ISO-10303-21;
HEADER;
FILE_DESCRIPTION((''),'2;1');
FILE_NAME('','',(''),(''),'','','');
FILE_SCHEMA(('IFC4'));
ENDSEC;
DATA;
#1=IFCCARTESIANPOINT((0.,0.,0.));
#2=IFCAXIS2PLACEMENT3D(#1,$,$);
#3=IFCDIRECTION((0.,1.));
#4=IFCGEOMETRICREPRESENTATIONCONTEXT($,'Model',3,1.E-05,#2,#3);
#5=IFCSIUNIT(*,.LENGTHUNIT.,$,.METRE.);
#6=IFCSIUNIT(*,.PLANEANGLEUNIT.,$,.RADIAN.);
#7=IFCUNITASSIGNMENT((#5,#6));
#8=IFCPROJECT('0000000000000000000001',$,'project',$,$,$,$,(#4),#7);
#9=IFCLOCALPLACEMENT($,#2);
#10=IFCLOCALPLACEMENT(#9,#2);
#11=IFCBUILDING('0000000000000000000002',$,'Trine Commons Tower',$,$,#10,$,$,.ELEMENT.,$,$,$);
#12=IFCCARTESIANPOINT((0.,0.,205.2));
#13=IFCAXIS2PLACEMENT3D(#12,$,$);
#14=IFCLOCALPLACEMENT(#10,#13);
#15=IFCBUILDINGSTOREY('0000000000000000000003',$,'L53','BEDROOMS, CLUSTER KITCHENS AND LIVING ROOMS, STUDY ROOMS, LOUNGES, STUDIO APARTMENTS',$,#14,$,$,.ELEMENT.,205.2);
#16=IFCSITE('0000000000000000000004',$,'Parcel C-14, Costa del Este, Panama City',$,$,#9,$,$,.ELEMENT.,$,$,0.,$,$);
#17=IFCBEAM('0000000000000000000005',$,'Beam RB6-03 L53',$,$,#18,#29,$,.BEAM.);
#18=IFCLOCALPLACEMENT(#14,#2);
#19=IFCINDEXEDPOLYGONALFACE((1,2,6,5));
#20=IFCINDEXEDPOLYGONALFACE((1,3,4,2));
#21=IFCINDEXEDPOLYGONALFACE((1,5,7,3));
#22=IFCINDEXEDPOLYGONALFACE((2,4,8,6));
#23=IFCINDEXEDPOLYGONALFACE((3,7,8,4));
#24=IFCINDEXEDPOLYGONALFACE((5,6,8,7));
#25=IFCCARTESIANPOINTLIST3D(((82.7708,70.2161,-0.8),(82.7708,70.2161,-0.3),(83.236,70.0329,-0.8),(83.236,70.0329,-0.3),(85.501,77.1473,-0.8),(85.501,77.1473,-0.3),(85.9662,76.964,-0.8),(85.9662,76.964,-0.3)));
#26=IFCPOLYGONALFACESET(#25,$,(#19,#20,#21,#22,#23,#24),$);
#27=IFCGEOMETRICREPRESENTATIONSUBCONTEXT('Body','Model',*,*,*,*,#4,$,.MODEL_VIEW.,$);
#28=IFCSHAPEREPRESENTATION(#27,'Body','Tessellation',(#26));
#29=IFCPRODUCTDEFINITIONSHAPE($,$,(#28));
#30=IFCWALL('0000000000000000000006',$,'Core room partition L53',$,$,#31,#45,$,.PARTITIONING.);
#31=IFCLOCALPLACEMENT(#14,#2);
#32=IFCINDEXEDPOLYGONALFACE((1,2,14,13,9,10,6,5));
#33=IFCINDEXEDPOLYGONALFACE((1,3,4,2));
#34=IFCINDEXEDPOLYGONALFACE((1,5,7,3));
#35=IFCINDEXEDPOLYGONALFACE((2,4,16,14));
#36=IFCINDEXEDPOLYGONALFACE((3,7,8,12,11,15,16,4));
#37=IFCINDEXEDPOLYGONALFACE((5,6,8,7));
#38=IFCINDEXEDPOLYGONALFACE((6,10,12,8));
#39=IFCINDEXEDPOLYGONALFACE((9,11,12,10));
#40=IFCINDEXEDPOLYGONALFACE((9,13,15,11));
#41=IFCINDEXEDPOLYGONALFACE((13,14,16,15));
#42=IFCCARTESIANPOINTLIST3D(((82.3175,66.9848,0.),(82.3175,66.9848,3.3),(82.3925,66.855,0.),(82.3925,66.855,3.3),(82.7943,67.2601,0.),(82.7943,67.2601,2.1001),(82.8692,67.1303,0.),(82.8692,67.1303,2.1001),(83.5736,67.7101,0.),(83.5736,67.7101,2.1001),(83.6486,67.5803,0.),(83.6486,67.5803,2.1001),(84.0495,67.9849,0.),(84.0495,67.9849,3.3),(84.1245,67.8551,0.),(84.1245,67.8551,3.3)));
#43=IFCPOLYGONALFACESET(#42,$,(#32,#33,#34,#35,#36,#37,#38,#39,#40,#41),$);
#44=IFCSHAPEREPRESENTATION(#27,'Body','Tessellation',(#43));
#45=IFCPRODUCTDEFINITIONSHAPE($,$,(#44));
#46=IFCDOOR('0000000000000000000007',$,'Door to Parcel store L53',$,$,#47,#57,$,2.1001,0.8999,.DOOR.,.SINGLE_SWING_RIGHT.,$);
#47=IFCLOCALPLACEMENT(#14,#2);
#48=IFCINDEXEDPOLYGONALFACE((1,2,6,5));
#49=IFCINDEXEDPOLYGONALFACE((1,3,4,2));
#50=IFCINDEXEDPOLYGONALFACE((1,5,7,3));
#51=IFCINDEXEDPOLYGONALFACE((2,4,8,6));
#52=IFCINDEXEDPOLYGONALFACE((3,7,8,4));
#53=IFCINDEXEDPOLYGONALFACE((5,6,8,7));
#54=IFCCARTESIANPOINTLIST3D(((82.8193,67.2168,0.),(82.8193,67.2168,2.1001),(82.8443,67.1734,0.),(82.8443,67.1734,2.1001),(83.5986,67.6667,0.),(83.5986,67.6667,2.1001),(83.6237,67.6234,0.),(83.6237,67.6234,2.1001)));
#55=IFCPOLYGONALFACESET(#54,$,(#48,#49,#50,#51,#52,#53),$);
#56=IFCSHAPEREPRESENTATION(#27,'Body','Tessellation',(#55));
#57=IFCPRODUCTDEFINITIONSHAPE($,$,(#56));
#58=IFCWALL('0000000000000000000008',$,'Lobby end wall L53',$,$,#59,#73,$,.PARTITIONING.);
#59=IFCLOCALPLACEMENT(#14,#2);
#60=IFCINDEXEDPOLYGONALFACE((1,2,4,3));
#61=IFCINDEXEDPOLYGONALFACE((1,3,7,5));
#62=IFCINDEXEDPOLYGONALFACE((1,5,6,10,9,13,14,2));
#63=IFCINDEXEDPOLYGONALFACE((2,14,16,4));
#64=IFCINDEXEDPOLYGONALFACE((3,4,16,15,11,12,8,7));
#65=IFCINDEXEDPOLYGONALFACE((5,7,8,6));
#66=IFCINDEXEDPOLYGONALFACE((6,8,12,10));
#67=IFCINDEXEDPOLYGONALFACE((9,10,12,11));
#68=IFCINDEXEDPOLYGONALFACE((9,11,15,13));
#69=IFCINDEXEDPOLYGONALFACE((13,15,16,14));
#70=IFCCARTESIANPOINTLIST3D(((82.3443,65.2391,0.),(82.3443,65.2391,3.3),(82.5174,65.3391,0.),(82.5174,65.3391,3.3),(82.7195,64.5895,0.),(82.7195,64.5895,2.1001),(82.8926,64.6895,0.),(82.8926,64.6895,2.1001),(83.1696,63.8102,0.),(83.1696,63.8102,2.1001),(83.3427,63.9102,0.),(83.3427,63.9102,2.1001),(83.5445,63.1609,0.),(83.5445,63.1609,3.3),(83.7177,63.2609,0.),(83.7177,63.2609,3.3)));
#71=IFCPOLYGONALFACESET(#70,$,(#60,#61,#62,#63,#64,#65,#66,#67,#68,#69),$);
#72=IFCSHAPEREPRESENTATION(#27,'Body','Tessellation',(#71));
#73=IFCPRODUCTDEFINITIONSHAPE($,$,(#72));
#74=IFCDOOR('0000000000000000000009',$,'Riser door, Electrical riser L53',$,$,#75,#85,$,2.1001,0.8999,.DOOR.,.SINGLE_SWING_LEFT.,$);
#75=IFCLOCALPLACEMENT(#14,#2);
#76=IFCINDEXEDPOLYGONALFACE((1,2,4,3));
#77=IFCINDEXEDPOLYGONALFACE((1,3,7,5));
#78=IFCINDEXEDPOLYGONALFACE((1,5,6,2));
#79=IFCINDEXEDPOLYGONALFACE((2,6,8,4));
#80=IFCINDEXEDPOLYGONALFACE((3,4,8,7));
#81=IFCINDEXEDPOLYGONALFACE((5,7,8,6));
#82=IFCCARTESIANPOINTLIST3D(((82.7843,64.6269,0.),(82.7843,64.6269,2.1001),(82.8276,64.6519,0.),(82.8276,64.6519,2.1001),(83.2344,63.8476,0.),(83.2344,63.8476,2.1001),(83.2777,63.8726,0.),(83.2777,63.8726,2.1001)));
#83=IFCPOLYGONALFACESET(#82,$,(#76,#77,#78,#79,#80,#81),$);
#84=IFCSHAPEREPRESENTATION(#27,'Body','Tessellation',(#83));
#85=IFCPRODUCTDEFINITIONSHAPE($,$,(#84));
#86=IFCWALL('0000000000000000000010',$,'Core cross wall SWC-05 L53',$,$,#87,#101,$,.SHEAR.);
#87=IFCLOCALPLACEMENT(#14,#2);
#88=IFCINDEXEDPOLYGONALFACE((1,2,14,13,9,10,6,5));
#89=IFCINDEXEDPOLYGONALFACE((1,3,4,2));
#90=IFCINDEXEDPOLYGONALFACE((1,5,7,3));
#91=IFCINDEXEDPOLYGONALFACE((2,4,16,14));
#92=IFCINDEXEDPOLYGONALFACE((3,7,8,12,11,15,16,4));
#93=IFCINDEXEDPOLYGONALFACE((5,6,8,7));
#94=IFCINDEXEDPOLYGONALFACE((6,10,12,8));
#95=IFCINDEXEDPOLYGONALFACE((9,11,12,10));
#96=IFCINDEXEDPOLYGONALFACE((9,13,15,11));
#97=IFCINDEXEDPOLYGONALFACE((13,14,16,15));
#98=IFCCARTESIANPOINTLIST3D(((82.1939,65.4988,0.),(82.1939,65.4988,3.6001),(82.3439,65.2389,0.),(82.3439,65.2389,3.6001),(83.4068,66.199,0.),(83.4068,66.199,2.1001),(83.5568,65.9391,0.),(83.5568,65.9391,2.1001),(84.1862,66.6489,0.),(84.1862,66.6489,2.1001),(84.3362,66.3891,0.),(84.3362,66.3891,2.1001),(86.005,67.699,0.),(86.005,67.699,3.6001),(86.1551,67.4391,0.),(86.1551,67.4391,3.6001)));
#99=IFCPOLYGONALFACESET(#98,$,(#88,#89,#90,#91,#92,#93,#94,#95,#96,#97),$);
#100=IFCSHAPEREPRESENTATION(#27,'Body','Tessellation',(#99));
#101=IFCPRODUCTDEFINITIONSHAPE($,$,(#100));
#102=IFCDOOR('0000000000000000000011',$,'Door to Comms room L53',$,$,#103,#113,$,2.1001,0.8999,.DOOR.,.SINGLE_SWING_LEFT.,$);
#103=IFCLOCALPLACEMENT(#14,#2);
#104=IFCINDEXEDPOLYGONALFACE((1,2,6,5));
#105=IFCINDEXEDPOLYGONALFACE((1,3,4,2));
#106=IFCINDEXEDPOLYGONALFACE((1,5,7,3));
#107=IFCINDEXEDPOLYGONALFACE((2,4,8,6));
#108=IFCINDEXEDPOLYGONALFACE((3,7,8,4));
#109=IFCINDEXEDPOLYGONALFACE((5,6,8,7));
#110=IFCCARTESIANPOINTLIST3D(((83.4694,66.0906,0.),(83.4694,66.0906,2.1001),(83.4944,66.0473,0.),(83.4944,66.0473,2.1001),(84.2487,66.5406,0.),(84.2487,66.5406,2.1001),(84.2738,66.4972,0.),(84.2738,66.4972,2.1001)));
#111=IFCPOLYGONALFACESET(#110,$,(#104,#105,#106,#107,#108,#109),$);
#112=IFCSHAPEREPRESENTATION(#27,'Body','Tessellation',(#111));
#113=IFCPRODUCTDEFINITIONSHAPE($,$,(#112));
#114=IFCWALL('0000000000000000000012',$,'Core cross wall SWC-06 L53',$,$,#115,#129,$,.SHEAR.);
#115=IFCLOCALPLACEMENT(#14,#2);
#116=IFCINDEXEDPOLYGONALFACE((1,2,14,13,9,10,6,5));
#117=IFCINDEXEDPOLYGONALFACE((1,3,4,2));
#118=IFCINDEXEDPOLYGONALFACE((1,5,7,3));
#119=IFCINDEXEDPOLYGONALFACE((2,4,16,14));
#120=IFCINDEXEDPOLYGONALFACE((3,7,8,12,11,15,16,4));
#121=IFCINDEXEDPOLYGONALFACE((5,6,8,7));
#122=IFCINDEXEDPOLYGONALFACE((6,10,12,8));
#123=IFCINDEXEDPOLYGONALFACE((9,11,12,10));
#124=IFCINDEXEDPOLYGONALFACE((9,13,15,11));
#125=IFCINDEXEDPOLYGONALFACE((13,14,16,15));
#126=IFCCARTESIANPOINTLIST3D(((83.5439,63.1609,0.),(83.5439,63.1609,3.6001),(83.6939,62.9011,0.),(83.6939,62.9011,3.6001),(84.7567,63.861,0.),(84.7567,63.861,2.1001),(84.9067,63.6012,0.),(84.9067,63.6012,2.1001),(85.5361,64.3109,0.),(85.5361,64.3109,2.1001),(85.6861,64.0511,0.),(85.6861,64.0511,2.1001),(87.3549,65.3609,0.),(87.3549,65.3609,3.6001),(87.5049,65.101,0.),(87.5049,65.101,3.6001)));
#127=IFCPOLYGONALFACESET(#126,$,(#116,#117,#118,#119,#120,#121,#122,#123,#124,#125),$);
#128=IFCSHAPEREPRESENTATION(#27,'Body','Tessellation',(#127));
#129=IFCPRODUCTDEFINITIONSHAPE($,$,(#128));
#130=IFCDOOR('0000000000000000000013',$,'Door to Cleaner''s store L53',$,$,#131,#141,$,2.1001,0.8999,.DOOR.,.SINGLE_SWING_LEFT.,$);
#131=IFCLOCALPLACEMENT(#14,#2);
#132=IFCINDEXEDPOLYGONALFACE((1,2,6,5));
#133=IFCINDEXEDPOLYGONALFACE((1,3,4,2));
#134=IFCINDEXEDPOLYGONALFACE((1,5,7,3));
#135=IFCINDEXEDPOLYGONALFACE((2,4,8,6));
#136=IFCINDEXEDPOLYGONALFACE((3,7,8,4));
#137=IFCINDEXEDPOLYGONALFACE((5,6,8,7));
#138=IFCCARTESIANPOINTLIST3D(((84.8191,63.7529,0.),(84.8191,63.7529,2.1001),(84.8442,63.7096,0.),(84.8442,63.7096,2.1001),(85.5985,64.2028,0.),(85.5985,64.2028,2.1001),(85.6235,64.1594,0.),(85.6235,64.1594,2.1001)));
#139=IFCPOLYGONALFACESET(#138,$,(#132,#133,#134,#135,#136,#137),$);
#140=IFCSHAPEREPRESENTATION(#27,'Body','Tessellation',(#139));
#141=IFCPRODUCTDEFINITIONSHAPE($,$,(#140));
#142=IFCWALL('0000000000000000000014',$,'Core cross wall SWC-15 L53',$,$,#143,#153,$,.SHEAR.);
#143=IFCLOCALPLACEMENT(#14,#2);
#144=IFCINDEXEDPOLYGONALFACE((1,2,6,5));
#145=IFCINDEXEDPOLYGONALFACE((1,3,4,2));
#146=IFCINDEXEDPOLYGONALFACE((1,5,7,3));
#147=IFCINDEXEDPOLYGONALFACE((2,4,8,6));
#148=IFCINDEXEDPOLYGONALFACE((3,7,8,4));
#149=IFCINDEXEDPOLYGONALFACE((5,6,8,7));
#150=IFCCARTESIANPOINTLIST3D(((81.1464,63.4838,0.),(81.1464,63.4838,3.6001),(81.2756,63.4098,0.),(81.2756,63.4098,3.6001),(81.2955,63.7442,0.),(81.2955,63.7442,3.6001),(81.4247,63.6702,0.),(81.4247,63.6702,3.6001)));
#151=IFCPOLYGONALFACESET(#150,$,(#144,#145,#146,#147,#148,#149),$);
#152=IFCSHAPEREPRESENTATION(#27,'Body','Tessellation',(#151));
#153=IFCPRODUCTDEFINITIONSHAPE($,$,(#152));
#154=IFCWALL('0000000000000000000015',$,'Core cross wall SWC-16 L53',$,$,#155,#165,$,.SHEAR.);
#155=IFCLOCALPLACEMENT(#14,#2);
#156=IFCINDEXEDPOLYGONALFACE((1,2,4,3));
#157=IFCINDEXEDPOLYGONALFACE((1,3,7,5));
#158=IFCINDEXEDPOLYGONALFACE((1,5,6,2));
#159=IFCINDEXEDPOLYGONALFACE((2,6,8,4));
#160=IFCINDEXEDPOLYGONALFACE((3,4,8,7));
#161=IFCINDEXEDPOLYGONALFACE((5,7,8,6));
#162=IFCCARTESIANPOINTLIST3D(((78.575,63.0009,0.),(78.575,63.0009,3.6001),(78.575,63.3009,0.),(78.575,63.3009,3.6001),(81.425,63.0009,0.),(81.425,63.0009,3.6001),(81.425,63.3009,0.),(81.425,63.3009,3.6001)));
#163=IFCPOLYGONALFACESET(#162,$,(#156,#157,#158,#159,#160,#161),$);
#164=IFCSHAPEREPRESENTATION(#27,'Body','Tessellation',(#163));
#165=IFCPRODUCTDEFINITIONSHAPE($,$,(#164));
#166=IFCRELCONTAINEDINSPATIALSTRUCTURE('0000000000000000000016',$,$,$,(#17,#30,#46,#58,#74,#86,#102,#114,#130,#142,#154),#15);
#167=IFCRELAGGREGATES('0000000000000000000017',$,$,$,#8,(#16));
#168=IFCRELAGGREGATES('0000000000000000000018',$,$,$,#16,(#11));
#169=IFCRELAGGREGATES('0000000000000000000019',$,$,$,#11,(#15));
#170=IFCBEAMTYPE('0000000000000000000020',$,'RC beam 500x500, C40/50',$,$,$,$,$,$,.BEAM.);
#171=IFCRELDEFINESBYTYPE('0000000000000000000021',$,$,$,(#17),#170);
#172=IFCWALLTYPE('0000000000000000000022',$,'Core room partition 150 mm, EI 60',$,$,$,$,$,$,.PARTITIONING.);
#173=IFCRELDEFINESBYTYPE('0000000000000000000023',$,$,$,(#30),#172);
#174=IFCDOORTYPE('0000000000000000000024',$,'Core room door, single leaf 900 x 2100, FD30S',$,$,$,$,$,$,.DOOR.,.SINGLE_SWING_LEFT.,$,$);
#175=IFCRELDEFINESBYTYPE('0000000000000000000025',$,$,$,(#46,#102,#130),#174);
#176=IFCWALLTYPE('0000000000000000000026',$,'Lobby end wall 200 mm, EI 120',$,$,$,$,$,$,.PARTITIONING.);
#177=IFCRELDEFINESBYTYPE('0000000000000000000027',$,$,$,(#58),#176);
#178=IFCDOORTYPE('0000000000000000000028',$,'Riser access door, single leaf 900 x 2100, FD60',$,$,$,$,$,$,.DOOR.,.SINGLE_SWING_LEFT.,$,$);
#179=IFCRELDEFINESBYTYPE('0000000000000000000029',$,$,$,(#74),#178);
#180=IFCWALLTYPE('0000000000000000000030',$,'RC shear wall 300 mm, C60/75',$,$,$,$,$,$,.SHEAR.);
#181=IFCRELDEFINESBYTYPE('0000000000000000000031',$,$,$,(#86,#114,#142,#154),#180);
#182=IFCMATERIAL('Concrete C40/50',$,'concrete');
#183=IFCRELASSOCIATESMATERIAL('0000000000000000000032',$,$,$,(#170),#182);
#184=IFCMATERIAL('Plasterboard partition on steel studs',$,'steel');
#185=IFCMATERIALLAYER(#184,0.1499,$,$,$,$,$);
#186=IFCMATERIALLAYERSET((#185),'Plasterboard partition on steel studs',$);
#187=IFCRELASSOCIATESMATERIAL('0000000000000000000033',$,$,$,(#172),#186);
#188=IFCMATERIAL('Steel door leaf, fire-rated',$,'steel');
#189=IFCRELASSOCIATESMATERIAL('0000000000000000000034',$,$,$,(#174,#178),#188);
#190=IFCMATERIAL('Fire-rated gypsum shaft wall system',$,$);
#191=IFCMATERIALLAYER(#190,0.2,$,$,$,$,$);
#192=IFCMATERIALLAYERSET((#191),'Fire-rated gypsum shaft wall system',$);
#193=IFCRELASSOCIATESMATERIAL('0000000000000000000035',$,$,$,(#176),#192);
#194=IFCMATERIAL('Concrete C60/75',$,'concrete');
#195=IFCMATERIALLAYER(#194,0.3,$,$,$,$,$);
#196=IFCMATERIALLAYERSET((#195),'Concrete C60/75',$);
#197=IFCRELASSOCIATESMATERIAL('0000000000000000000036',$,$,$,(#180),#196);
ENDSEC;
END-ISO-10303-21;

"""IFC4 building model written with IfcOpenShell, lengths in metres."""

from ifc_helpers import new_model, si_unit, direction, frame, frame_2d, origin, origin_2d, place, context, subcontext, project, spatial, rectangle, extrude, material, layer, layer_set, material_profile, profile_set, type_object, element, fill, save


model = new_model("IFC4")

# Units and contexts
model_context = context("Model", 3, precision=1e-05, world=origin(), true_north=direction((0.0, 1.0)))
body_context = subcontext(model_context, "Body", "Model", "MODEL_VIEW")
ifc_project = project(units=[si_unit("LENGTHUNIT", "METRE"), si_unit("PLANEANGLEUNIT", "RADIAN")], contexts=[model_context])

# Site, building, storey
site_placement = place(None, origin())
site = spatial("IfcSite", under=ifc_project, at=site_placement, Name="Parcel C-14, Costa del Este, Panama City", CompositionType="ELEMENT", RefElevation=0.0)
building_placement = place(site_placement, origin())
building = spatial("IfcBuilding", under=site, at=building_placement, Name="Trine Commons Tower", CompositionType="ELEMENT")
storey_placement = place(building_placement, frame((0.0, 0.0, 205.2)))
storey = spatial("IfcBuildingStorey", under=building, at=storey_placement, Name="L53", Description="BEDROOMS, CLUSTER KITCHENS AND LIVING ROOMS, STUDY ROOMS, LOUNGES, STUDIO APARTMENTS", CompositionType="ELEMENT", Elevation=205.2)

# Beam
ifc_material_1 = material(Name="Concrete C40/50", Category="concrete")
ifc_material_profile = material_profile(ifc_material_1, rectangle(XDim=0.5, YDim=0.5, at=origin_2d()), Name="RC 500x500")
ifc_profile_set = profile_set([ifc_material_profile], Name="Concrete C40/50")
beam_type = type_object("IfcBeamType", Name="RC beam 500x500, C40/50", PredefinedType="BEAM", material=ifc_profile_set)
beam_placement = place(storey_placement, frame((83.0034, 70.1245, -0.55), z_axis=(0.366498, 0.930419, 0.0), x_axis=(-0.930419, 0.366498, 0.0)))
element("IfcBeam", 1, at=beam_placement, inside=storey, type_object=beam_type, Name="Beam RB6-03 L53", PredefinedType="BEAM", context=body_context, shape_type="SweptSolid", body=[
    extrude(rectangle(XDim=0.5, YDim=0.5, at=origin_2d()), origin(), (0.0, 0.0, 1.0), 7.4495),
])

# Walls, openings, doors
ifc_material_2 = material(Name="Plasterboard partition on steel studs", Category="steel")
ifc_layer_1 = layer(ifc_material_2, 0.1499)
ifc_layer_set_1 = layer_set([ifc_layer_1], Name="Plasterboard partition on steel studs")
wall_type_1 = type_object("IfcWallType", Name="Core room partition 150 mm, EI 60", PredefinedType="PARTITIONING", material=ifc_layer_set_1)
wall_1_placement = place(storey_placement, frame((82.355, 66.9199, 0.0), z_axis=(0.0, 0.0, 1.0), x_axis=(0.866011, 0.500025, 0.0)))
wall_1 = element("IfcWall", 2, at=wall_1_placement, inside=storey, type_object=wall_type_1, Name="Core room partition L53", PredefinedType="PARTITIONING", context=body_context, shape_type="SweptSolid", body=[
    extrude(rectangle(XDim=2.0, YDim=0.1499, at=frame_2d((1.0, 0.0))), origin(), (0.0, 0.0, 1.0), 3.3),
])
opening_1_placement = place(wall_1_placement, frame((0.5505, 0.0, 0.0)))
opening_1 = element("IfcOpeningElement", 3, at=opening_1_placement, cuts=wall_1, PredefinedType="OPENING", context=body_context, shape_type="SweptSolid", body=[
    extrude(rectangle(XDim=0.8999, YDim=2.1001, at=frame_2d((0.45, 1.05))), frame((0.0, 0.085, 0.0), z_axis=(0.0, -1.0, 0.0), x_axis=(1.0, 0.0, 0.0)), (0.0, 0.0, 1.0), 0.1699),
])
ifc_material_3 = material(Name="Steel door leaf, fire-rated", Category="steel")
door_type_1 = type_object("IfcDoorType", Name="Core room door, single leaf 900 x 2100, FD30S", OperationType="SINGLE_SWING_LEFT", PredefinedType="DOOR", material=ifc_material_3)
door_1_placement = place(opening_1_placement, origin())
door_1 = element("IfcDoor", 4, at=door_1_placement, inside=storey, type_object=door_type_1, Name="Door to Parcel store L53", OperationType="SINGLE_SWING_RIGHT", OverallHeight=2.1001, OverallWidth=0.8999, PredefinedType="DOOR", context=body_context, shape_type="SweptSolid", body=[
    extrude(rectangle(XDim=0.8999, YDim=2.1001, at=frame_2d((0.45, 1.05))), frame((0.0, 0.0249, 0.0), z_axis=(0.0, -1.0, 0.0), x_axis=(1.0, 0.0, 0.0)), (0.0, 0.0, 1.0), 0.05),
])
fill(opening_1, door_1)
ifc_material_4 = material(Name="Fire-rated gypsum shaft wall system")
ifc_layer_2 = layer(ifc_material_4, 0.2)
ifc_layer_set_2 = layer_set([ifc_layer_2], Name="Fire-rated gypsum shaft wall system")
wall_type_2 = type_object("IfcWallType", Name="Lobby end wall 200 mm, EI 120", PredefinedType="PARTITIONING", material=ifc_layer_set_2)
wall_2_placement = place(storey_placement, frame((83.6311, 63.2109, 0.0), z_axis=(0.0, 0.0, 1.0), x_axis=(-0.500122, 0.865955, 0.0)))
wall_2 = element("IfcWall", 5, at=wall_2_placement, inside=storey, type_object=wall_type_2, Name="Lobby end wall L53", PredefinedType="PARTITIONING", context=body_context, shape_type="SweptSolid", body=[
    extrude(rectangle(XDim=2.3999, YDim=0.2, at=frame_2d((1.2, 0.0))), origin(), (0.0, 0.0, 1.0), 3.3),
])
opening_2_placement = place(wall_2_placement, frame((0.7498, 0.0, 0.0)))
opening_2 = element("IfcOpeningElement", 6, at=opening_2_placement, cuts=wall_2, PredefinedType="OPENING", context=body_context, shape_type="SweptSolid", body=[
    extrude(rectangle(XDim=0.8999, YDim=2.1001, at=frame_2d((0.45, 1.05))), frame((0.0, 0.1099, 0.0), z_axis=(0.0, -1.0, 0.0), x_axis=(1.0, 0.0, 0.0)), (0.0, 0.0, 1.0), 0.22),
])
door_type_2 = type_object("IfcDoorType", Name="Riser access door, single leaf 900 x 2100, FD60", OperationType="SINGLE_SWING_LEFT", PredefinedType="DOOR", material=ifc_material_3)
door_2_placement = place(opening_2_placement, frame((0.8999, 0.0, 0.0), z_axis=(0.0, 0.0, 1.0), x_axis=(-1.0, 0.0, 0.0)))
door_2 = element("IfcDoor", 7, at=door_2_placement, inside=storey, type_object=door_type_2, Name="Riser door, Electrical riser L53", OperationType="SINGLE_SWING_LEFT", OverallHeight=2.1001, OverallWidth=0.8999, PredefinedType="DOOR", context=body_context, shape_type="SweptSolid", body=[
    extrude(rectangle(XDim=0.8999, YDim=2.1001, at=frame_2d((0.45, 1.05))), frame((0.0, 0.0249, 0.0), z_axis=(0.0, -1.0, 0.0), x_axis=(1.0, 0.0, 0.0)), (0.0, 0.0, 1.0), 0.05),
])
fill(opening_2, door_2)
ifc_material_5 = material(Name="Concrete C60/75", Category="concrete")
ifc_layer_3 = layer(ifc_material_5, 0.3)
ifc_layer_set_3 = layer_set([ifc_layer_3], Name="Concrete C60/75")
wall_type_3 = type_object("IfcWallType", Name="RC shear wall 300 mm, C60/75", PredefinedType="SHEAR", material=ifc_layer_set_3)
wall_3_placement = place(storey_placement, frame((82.269, 65.3689, 0.0), z_axis=(0.0, 0.0, 1.0), x_axis=(0.866036, 0.499982, 0.0)))
wall_3 = element("IfcWall", 8, at=wall_3_placement, inside=storey, type_object=wall_type_3, Name="Core cross wall SWC-05 L53", PredefinedType="SHEAR", context=body_context, shape_type="SweptSolid", body=[
    extrude(rectangle(XDim=4.4006, YDim=0.3, at=frame_2d((2.2002, 0.0))), origin(), (0.0, 0.0, 1.0), 3.6001),
])
opening_3_placement = place(wall_3_placement, frame((1.4004, 0.0, 0.0)))
opening_3 = element("IfcOpeningElement", 9, at=opening_3_placement, cuts=wall_3, PredefinedType="OPENING", context=body_context, shape_type="SweptSolid", body=[
    extrude(rectangle(XDim=0.8999, YDim=2.1001, at=frame_2d((0.45, 1.05))), frame((0.0, 0.1599, 0.0), z_axis=(0.0, -1.0, 0.0), x_axis=(1.0, 0.0, 0.0)), (0.0, 0.0, 1.0), 0.3201),
])
door_3_placement = place(opening_3_placement, origin())
door_3 = element("IfcDoor", 10, at=door_3_placement, inside=storey, type_object=door_type_1, Name="Door to Comms room L53", OperationType="SINGLE_SWING_LEFT", OverallHeight=2.1001, OverallWidth=0.8999, PredefinedType="DOOR", context=body_context, shape_type="SweptSolid", body=[
    extrude(rectangle(XDim=0.8999, YDim=2.1001, at=frame_2d((0.45, 1.05))), frame((0.0, 0.0249, 0.0), z_axis=(0.0, -1.0, 0.0), x_axis=(1.0, 0.0, 0.0)), (0.0, 0.0, 1.0), 0.05),
])
fill(opening_3, door_3)
wall_4_placement = place(storey_placement, frame((83.6189, 63.031, 0.0), z_axis=(0.0, 0.0, 1.0), x_axis=(0.86606, 0.49994, 0.0)))
wall_4 = element("IfcWall", 11, at=wall_4_placement, inside=storey, type_object=wall_type_3, Name="Core cross wall SWC-06 L53", PredefinedType="SHEAR", context=body_context, shape_type="SweptSolid", body=[
    extrude(rectangle(XDim=4.4004, YDim=0.3, at=frame_2d((2.2002, 0.0))), origin(), (0.0, 0.0, 1.0), 3.6001),
])
opening_4_placement = place(wall_4_placement, frame((1.4004, 0.0, 0.0)))
opening_4 = element("IfcOpeningElement", 12, at=opening_4_placement, cuts=wall_4, PredefinedType="OPENING", context=body_context, shape_type="SweptSolid", body=[
    extrude(rectangle(XDim=0.8999, YDim=2.1001, at=frame_2d((0.45, 1.05))), frame((0.0, 0.1599, 0.0), z_axis=(0.0, -1.0, 0.0), x_axis=(1.0, 0.0, 0.0)), (0.0, 0.0, 1.0), 0.3201),
])
door_4_placement = place(opening_4_placement, frame((0.8999, 0.0, 0.0), z_axis=(0.0, 0.0, 1.0), x_axis=(-1.0, 0.0, 0.0)))
door_4 = element("IfcDoor", 13, at=door_4_placement, inside=storey, type_object=door_type_1, Name="Door to Cleaner's store L53", OperationType="SINGLE_SWING_LEFT", OverallHeight=2.1001, OverallWidth=0.8999, PredefinedType="DOOR", context=body_context, shape_type="SweptSolid", body=[
    extrude(rectangle(XDim=0.8999, YDim=2.1001, at=frame_2d((0.45, 1.05))), frame((0.0, 0.0249, 0.0), z_axis=(0.0, -1.0, 0.0), x_axis=(1.0, 0.0, 0.0)), (0.0, 0.0, 1.0), 0.05),
])
fill(opening_4, door_4)

# Walls
wall_5_placement = place(storey_placement, frame((81.2209, 63.614, 0.0), z_axis=(0.0, 0.0, 1.0), x_axis=(0.867738, -0.497022, 0.0)))
element("IfcWall", 14, at=wall_5_placement, inside=storey, type_object=wall_type_3, Name="Core cross wall SWC-15 L53", PredefinedType="SHEAR", context=body_context, shape_type="SweptSolid", body=[
    extrude(rectangle(XDim=0.1489, YDim=0.3, at=frame_2d((0.0745, 0.0))), origin(), (0.0, 0.0, 1.0), 3.6001),
])
wall_6_placement = place(storey_placement, frame((81.425, 63.1509, 0.0), z_axis=(0.0, 0.0, 1.0), x_axis=(-1.0, 0.0, 0.0)))
element("IfcWall", 15, at=wall_6_placement, inside=storey, type_object=wall_type_3, Name="Core cross wall SWC-16 L53", PredefinedType="SHEAR", context=body_context, shape_type="SweptSolid", body=[
    extrude(rectangle(XDim=2.8501, YDim=0.3, at=frame_2d((1.425, 0.0))), origin(), (0.0, 0.0, 1.0), 3.6001),
])

save(model, "model.ifc")
